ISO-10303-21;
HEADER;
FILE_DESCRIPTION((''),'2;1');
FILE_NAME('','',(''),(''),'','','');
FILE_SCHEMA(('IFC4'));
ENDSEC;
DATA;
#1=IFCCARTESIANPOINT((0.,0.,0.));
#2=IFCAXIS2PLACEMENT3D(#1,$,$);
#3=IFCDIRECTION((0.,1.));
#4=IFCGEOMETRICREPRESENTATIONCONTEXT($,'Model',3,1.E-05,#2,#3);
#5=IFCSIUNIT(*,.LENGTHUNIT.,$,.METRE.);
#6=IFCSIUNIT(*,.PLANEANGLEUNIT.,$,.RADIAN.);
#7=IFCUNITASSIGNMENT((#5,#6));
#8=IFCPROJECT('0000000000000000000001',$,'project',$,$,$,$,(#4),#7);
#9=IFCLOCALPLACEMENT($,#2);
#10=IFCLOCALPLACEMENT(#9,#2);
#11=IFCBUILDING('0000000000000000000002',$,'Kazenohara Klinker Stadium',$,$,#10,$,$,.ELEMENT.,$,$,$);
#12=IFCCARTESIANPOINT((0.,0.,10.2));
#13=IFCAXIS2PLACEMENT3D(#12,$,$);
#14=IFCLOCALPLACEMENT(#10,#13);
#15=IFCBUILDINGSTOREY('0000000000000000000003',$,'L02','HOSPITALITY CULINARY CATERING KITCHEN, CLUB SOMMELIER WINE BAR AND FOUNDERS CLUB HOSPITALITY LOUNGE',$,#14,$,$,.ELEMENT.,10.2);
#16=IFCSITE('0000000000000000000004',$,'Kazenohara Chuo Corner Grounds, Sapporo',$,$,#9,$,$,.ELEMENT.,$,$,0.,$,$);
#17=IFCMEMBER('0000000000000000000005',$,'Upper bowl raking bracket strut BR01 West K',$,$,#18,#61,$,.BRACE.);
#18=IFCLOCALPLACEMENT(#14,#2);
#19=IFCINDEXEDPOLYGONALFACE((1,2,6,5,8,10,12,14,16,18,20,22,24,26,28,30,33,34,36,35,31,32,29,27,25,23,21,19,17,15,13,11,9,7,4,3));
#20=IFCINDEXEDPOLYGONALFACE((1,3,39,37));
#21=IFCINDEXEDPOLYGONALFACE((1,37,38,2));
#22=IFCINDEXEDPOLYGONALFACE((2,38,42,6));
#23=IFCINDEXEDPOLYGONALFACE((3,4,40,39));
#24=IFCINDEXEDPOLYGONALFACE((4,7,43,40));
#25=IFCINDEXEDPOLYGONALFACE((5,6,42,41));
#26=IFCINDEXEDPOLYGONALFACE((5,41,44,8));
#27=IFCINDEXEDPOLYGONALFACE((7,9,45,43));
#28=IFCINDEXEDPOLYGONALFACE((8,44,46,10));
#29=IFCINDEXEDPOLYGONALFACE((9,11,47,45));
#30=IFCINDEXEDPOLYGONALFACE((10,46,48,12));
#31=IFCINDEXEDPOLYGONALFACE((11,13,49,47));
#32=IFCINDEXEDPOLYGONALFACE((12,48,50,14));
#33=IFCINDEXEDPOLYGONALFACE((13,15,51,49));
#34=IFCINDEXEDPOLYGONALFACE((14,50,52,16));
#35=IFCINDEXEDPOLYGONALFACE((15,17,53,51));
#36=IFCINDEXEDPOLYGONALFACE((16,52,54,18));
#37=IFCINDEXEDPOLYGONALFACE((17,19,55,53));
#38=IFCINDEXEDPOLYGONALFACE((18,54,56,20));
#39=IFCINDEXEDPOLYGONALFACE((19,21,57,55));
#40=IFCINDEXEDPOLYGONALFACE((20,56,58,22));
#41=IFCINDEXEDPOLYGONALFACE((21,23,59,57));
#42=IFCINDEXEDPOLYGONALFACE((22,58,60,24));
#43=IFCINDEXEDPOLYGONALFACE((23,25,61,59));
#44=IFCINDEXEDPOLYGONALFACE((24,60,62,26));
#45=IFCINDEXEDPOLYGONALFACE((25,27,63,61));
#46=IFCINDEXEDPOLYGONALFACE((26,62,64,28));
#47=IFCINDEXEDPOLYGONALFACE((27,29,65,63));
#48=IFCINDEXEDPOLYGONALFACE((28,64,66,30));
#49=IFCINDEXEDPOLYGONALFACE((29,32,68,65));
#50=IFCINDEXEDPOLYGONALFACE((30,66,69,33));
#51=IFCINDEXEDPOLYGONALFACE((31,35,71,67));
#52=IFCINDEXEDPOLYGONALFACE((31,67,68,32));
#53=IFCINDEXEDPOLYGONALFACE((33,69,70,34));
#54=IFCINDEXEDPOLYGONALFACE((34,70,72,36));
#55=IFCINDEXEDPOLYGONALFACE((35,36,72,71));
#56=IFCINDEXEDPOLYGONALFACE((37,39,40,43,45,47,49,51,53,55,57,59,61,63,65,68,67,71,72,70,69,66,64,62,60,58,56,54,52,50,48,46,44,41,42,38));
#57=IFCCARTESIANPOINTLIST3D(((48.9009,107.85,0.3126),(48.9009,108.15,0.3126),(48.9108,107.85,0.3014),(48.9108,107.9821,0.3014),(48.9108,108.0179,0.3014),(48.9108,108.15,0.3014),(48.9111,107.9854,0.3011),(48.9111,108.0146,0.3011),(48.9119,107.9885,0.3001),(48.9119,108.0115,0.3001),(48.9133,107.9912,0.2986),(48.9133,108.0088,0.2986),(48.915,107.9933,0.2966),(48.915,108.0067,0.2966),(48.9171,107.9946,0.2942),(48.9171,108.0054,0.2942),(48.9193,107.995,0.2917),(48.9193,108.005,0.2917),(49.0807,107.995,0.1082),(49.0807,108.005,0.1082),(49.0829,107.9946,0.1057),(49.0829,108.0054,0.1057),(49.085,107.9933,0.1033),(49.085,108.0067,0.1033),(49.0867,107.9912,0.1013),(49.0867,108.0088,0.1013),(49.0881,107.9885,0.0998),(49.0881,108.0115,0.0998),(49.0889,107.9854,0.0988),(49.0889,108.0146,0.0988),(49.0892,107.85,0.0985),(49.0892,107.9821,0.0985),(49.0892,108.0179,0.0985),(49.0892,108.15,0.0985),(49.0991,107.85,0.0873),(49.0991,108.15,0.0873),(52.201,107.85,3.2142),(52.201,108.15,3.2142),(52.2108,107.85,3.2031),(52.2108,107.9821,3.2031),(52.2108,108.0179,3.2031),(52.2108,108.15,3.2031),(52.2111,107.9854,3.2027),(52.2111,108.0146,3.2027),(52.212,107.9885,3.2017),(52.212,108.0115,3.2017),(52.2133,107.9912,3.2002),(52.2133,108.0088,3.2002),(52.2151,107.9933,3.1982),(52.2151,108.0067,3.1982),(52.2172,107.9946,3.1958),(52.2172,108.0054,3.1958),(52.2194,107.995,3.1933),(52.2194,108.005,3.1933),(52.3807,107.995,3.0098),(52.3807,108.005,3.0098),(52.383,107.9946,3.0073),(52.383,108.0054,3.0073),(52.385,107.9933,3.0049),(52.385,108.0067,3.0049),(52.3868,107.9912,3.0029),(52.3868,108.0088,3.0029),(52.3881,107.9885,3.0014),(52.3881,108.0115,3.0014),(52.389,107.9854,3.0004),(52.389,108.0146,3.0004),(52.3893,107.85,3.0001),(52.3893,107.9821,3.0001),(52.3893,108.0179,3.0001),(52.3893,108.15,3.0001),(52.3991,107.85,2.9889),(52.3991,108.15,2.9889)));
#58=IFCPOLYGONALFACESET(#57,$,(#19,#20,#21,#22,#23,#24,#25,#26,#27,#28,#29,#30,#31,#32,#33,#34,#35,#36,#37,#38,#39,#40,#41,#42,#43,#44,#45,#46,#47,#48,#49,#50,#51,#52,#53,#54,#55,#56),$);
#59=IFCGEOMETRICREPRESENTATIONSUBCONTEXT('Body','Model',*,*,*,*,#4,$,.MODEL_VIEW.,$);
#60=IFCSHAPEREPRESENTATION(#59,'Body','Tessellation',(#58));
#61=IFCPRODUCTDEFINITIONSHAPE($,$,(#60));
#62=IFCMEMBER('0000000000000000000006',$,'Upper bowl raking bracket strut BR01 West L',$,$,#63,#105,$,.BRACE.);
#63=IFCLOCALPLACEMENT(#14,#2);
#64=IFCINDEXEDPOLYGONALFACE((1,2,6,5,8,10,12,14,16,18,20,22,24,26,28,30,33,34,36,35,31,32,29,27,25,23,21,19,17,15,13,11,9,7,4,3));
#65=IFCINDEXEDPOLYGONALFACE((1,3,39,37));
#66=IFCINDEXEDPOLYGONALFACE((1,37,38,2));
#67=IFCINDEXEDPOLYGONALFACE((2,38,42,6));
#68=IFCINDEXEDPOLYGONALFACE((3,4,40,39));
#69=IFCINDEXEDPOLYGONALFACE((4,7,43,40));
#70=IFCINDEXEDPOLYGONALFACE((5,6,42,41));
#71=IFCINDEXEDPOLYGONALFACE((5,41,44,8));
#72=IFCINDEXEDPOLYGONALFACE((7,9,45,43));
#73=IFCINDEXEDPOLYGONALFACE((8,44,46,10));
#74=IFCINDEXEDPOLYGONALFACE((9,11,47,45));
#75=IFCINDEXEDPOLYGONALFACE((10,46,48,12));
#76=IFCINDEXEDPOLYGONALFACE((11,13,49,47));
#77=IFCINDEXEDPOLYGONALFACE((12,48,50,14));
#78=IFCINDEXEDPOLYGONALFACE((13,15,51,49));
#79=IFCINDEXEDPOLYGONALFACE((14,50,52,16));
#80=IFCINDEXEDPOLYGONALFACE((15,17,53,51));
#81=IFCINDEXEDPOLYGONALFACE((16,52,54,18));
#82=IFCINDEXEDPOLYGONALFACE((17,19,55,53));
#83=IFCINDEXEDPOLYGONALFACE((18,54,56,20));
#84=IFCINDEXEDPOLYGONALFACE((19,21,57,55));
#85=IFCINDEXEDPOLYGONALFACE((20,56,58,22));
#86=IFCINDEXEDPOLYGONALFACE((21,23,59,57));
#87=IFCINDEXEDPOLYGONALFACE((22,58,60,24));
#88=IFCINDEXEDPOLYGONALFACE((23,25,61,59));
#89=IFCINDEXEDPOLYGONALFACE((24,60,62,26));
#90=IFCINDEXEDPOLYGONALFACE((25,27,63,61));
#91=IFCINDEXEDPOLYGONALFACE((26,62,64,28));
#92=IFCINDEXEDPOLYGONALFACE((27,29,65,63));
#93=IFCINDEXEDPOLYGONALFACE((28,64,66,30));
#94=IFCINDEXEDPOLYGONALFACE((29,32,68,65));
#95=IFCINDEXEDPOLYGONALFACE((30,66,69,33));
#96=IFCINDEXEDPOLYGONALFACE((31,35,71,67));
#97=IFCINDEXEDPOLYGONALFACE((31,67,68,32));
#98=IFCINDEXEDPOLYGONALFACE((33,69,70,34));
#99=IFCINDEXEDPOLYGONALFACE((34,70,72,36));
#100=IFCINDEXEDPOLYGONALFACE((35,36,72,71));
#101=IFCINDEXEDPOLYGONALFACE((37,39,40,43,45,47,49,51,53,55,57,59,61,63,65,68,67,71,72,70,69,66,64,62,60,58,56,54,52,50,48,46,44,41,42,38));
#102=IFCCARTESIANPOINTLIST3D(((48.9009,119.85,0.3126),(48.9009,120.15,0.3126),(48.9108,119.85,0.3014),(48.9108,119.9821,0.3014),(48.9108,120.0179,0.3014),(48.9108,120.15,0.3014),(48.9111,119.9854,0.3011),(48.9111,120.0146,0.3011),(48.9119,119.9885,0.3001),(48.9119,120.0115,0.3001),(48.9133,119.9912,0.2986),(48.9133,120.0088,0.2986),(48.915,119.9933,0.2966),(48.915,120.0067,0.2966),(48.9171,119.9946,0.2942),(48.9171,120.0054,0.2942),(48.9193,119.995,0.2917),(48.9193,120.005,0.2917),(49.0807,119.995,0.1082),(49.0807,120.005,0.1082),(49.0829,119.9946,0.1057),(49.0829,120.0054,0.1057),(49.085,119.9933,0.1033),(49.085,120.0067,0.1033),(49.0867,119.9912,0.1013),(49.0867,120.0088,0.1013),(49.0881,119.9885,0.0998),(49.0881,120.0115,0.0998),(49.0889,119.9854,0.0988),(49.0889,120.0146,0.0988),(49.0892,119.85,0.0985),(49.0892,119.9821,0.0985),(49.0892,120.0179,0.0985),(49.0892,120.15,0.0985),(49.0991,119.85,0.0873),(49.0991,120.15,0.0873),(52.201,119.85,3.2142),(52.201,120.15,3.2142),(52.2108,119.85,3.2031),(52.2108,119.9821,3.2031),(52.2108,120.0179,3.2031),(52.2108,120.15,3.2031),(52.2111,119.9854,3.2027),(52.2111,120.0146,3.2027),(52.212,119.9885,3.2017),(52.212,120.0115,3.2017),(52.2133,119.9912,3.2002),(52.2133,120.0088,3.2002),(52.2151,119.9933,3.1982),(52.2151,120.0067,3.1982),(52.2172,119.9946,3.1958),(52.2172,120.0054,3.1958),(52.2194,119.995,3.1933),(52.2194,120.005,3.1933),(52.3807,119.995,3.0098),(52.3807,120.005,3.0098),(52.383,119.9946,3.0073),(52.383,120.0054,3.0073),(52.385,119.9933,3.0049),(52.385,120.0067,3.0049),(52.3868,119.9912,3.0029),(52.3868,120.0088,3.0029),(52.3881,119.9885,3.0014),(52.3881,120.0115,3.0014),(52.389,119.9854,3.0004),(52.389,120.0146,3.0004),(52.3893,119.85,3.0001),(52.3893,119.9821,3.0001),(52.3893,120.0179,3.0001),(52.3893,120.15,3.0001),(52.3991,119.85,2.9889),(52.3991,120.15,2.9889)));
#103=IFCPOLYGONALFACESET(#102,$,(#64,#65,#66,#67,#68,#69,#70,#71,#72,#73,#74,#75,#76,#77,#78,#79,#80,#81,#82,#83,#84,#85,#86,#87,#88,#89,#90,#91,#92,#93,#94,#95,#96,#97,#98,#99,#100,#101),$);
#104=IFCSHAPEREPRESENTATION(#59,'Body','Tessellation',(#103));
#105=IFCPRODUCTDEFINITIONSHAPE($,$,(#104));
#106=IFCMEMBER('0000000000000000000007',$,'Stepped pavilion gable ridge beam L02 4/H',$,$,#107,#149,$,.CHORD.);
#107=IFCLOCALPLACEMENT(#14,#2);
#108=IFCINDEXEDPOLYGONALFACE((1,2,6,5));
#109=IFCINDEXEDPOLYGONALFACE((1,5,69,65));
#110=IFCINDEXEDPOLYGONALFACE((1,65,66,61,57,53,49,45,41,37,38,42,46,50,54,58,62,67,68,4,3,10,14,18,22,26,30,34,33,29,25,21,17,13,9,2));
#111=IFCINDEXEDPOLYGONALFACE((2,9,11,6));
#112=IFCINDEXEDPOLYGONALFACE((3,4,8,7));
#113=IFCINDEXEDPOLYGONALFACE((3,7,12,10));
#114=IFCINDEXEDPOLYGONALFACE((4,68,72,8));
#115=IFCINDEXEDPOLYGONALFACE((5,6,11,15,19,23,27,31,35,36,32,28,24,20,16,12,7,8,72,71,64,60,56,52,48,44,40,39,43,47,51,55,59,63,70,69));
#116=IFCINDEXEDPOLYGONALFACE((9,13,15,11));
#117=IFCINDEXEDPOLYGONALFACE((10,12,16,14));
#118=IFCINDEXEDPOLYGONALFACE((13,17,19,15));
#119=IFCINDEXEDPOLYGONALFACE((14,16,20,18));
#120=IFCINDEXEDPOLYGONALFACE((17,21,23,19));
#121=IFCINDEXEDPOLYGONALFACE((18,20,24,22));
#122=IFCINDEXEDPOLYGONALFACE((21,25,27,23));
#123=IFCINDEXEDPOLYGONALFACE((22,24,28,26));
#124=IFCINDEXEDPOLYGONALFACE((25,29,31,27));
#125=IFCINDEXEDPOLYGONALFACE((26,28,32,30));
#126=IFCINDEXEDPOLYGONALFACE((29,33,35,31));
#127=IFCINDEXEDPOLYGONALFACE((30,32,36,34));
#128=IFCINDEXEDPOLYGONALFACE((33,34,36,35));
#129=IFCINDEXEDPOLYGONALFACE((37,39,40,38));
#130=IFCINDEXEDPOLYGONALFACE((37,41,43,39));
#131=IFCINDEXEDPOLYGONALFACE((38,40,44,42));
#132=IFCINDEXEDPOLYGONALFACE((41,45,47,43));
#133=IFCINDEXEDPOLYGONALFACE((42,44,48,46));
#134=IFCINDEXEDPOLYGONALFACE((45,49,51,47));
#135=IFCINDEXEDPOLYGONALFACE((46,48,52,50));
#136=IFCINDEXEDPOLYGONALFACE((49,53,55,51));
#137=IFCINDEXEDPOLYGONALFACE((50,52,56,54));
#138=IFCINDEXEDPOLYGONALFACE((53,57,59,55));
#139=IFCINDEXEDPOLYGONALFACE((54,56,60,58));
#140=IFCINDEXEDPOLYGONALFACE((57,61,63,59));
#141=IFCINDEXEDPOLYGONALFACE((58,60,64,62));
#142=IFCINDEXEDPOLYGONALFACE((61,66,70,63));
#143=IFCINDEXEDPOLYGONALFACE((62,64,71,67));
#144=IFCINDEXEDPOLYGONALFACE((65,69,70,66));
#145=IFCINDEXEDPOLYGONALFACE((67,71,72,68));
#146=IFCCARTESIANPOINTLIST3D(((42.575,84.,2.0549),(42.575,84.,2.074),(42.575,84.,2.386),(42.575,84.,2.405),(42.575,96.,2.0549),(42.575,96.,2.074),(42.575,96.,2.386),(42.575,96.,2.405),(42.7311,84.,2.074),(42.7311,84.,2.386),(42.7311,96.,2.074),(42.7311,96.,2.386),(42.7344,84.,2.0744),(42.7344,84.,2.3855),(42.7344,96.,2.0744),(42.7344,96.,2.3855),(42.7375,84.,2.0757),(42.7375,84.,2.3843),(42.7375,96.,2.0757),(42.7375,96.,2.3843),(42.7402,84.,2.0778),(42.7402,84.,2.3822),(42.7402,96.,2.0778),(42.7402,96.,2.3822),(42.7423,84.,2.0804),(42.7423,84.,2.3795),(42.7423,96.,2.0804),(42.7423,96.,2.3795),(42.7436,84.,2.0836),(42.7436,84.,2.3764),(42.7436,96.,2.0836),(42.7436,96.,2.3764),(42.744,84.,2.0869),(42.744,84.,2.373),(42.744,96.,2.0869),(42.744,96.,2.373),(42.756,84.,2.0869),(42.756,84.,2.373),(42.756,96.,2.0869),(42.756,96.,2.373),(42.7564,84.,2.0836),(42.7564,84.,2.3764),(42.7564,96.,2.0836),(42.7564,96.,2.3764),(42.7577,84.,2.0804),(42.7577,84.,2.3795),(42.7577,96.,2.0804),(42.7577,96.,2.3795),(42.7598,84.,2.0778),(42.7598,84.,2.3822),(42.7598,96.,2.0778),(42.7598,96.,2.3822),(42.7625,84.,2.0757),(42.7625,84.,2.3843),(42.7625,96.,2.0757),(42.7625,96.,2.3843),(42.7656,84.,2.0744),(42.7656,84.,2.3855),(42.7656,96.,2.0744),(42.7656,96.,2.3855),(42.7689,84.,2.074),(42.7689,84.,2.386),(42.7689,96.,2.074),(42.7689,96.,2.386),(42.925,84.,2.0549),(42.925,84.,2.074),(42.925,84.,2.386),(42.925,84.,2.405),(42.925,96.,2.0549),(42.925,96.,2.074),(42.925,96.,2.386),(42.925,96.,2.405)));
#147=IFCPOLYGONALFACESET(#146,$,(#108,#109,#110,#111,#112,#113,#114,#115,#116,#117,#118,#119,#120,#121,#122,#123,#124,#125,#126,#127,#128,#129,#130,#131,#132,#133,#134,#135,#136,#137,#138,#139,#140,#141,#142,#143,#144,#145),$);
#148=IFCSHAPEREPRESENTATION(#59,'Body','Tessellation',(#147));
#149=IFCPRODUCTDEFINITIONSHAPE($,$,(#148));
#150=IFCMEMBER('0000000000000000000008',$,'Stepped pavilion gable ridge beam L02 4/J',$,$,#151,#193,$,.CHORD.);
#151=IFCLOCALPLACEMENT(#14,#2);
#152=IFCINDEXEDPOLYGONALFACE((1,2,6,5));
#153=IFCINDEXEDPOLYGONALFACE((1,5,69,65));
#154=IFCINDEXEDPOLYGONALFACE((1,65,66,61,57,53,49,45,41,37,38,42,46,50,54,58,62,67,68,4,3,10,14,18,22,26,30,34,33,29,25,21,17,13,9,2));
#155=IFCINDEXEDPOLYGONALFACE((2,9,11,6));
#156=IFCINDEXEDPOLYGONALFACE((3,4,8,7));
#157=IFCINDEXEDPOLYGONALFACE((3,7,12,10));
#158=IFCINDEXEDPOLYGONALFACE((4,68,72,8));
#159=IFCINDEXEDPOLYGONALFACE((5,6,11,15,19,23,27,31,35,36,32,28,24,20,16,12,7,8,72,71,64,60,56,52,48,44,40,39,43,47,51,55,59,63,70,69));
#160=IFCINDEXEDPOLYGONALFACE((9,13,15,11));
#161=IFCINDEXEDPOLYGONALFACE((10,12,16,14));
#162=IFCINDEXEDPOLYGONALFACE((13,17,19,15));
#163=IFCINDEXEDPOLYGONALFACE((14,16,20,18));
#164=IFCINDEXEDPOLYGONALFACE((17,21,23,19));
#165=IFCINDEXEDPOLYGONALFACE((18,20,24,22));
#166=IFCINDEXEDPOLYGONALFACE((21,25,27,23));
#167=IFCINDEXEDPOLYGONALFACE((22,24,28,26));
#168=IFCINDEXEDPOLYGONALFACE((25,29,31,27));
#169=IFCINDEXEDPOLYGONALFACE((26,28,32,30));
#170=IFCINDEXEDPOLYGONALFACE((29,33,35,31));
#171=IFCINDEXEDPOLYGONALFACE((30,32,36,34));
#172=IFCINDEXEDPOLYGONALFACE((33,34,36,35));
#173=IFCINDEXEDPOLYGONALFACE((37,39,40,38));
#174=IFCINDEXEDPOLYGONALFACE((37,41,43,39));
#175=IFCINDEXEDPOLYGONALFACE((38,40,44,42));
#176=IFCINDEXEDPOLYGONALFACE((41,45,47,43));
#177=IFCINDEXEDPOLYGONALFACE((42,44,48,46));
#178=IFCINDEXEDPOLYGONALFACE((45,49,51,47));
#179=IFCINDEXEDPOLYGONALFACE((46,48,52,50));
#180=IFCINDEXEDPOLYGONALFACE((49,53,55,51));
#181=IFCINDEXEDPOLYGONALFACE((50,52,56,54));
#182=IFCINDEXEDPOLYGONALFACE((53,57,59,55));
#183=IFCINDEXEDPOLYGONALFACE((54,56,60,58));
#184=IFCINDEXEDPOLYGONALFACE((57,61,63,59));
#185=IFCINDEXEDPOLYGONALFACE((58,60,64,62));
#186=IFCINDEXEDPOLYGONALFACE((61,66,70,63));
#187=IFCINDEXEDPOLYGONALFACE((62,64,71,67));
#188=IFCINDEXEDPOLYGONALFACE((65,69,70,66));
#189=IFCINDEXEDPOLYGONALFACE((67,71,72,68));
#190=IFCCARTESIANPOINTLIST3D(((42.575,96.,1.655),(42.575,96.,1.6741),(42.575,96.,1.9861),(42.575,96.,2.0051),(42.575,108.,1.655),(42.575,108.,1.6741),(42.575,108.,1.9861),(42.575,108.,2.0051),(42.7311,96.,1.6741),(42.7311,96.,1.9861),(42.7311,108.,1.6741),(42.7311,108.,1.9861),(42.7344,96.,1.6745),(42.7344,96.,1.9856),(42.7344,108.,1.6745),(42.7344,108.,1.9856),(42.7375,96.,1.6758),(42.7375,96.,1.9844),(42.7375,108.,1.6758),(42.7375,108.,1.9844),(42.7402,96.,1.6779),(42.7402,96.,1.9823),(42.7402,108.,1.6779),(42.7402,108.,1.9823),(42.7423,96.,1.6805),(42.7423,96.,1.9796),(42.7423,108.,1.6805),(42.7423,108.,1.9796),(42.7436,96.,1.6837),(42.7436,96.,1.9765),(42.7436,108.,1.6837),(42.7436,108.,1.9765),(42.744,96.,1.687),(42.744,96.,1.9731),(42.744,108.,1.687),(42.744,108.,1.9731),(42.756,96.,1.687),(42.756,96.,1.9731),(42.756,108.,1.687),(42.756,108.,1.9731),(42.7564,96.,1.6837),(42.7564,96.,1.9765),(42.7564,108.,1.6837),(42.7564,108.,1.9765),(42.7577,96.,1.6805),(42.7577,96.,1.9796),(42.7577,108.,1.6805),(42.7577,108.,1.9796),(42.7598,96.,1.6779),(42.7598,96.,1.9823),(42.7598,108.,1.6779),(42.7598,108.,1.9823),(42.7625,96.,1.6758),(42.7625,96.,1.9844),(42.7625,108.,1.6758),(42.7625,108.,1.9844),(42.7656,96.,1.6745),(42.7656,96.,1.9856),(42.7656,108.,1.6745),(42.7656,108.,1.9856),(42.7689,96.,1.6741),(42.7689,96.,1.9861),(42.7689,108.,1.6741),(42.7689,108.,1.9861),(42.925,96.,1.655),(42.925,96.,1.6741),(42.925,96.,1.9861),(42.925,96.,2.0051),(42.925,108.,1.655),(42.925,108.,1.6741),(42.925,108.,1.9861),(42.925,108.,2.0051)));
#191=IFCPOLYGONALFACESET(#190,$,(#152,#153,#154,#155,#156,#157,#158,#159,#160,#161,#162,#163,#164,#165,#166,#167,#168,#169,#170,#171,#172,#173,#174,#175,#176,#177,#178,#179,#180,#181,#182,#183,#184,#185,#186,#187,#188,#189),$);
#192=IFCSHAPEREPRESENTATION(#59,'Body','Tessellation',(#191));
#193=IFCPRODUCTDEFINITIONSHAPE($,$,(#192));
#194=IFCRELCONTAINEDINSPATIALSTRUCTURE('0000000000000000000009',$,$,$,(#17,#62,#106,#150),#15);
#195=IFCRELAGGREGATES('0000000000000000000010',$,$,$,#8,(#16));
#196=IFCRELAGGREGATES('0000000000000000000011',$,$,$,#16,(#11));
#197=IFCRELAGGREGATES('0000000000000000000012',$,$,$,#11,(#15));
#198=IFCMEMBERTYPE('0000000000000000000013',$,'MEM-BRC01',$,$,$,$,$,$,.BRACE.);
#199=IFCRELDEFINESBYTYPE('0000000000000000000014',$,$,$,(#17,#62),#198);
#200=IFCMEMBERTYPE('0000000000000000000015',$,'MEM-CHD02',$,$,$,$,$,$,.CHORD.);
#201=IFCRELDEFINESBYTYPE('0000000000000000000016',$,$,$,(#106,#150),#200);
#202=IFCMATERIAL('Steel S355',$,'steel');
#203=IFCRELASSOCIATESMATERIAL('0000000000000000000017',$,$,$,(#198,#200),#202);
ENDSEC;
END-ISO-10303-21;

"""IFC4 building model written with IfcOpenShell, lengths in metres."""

from ifc_helpers import new_model, si_unit, direction, frame, origin, origin_2d, place, context, subcontext, project, spatial, i_section, extrude, material, material_profile, profile_set, type_object, element, save


model = new_model("IFC4")

# Units and contexts
model_context = context("Model", 3, precision=1e-05, world=origin(), true_north=direction((0.0, 1.0)))
body_context = subcontext(model_context, "Body", "Model", "MODEL_VIEW")
ifc_project = project(units=[si_unit("LENGTHUNIT", "METRE"), si_unit("PLANEANGLEUNIT", "RADIAN")], contexts=[model_context])

# Site, building, storey
site_placement = place(None, origin())
site = spatial("IfcSite", under=ifc_project, at=site_placement, Name="Kazenohara Chuo Corner Grounds, Sapporo", CompositionType="ELEMENT", RefElevation=0.0)
building_placement = place(site_placement, origin())
building = spatial("IfcBuilding", under=site, at=building_placement, Name="Kazenohara Klinker Stadium", CompositionType="ELEMENT")
storey_placement = place(building_placement, frame((0.0, 0.0, 10.2)))
storey = spatial("IfcBuildingStorey", under=building, at=storey_placement, Name="L02", Description="HOSPITALITY CULINARY CATERING KITCHEN, CLUB SOMMELIER WINE BAR AND FOUNDERS CLUB HOSPITALITY LOUNGE", CompositionType="ELEMENT", Elevation=10.2)

# Shared definitions
ifc_material_1 = material(Name="Steel S355", Category="steel")

# Members
ifc_material_profile_1 = material_profile(ifc_material_1, i_section(OverallWidth=0.3, OverallDepth=0.3, WebThickness=0.01, FlangeThickness=0.0149, FilletRadius=0.0129, at=origin_2d()), Name="H-300x300x10x15")
ifc_profile_set_1 = profile_set([ifc_material_profile_1], Name="Steel S355")
member_type_1 = type_object("IfcMemberType", Name="MEM-BRC01", PredefinedType="BRACE", material=ifc_profile_set_1)
for number, where, z_axis, x_axis, name in (
    (1, (49.0, 108.0, 0.2), (0.750988, 0.0, 0.660316), (0.0, 1.0, 0.0), "Upper bowl raking bracket strut BR01 West K"),
    (2, (49.0, 120.0, 0.2), (0.750988, 0.0, 0.660316), (0.0, 1.0, 0.0), "Upper bowl raking bracket strut BR01 West L"),
):
    element("IfcMember", number, at=place(storey_placement, frame(where, z_axis=z_axis, x_axis=x_axis)), inside=storey, type_object=member_type_1, Name=name, PredefinedType="BRACE", context=body_context, shape_type="SweptSolid", body=[
        extrude(i_section(OverallWidth=0.3, OverallDepth=0.3, WebThickness=0.01, FlangeThickness=0.0149, FilletRadius=0.0129, at=origin_2d()), origin(), (0.0, 0.0, 1.0), 4.3943),
    ])
ifc_material_profile_2 = material_profile(ifc_material_1, i_section(OverallWidth=0.3501, OverallDepth=0.3501, WebThickness=0.012, FlangeThickness=0.019, FilletRadius=0.0129, at=origin_2d()), Name="H-350x350x12x19")
ifc_profile_set_2 = profile_set([ifc_material_profile_2], Name="Steel S355")
member_type_2 = type_object("IfcMemberType", Name="MEM-CHD02", PredefinedType="CHORD", material=ifc_profile_set_2)
for number, where, z_axis, x_axis, name in (
    (3, (42.75, 84.0, 2.23), (0.0, 1.0, 0.0), (-1.0, 0.0, 0.0), "Stepped pavilion gable ridge beam L02 4/H"),
    (4, (42.75, 96.0, 1.8301), (0.0, 1.0, 0.0), (-1.0, 0.0, 0.0), "Stepped pavilion gable ridge beam L02 4/J"),
):
    element("IfcMember", number, at=place(storey_placement, frame(where, z_axis=z_axis, x_axis=x_axis)), inside=storey, type_object=member_type_2, Name=name, PredefinedType="CHORD", context=body_context, shape_type="SweptSolid", body=[
        extrude(i_section(OverallWidth=0.3501, OverallDepth=0.3501, WebThickness=0.012, FlangeThickness=0.019, FilletRadius=0.0129, at=origin_2d()), origin(), (0.0, 0.0, 1.0), 12.0),
    ])

save(model, "model.ifc")
